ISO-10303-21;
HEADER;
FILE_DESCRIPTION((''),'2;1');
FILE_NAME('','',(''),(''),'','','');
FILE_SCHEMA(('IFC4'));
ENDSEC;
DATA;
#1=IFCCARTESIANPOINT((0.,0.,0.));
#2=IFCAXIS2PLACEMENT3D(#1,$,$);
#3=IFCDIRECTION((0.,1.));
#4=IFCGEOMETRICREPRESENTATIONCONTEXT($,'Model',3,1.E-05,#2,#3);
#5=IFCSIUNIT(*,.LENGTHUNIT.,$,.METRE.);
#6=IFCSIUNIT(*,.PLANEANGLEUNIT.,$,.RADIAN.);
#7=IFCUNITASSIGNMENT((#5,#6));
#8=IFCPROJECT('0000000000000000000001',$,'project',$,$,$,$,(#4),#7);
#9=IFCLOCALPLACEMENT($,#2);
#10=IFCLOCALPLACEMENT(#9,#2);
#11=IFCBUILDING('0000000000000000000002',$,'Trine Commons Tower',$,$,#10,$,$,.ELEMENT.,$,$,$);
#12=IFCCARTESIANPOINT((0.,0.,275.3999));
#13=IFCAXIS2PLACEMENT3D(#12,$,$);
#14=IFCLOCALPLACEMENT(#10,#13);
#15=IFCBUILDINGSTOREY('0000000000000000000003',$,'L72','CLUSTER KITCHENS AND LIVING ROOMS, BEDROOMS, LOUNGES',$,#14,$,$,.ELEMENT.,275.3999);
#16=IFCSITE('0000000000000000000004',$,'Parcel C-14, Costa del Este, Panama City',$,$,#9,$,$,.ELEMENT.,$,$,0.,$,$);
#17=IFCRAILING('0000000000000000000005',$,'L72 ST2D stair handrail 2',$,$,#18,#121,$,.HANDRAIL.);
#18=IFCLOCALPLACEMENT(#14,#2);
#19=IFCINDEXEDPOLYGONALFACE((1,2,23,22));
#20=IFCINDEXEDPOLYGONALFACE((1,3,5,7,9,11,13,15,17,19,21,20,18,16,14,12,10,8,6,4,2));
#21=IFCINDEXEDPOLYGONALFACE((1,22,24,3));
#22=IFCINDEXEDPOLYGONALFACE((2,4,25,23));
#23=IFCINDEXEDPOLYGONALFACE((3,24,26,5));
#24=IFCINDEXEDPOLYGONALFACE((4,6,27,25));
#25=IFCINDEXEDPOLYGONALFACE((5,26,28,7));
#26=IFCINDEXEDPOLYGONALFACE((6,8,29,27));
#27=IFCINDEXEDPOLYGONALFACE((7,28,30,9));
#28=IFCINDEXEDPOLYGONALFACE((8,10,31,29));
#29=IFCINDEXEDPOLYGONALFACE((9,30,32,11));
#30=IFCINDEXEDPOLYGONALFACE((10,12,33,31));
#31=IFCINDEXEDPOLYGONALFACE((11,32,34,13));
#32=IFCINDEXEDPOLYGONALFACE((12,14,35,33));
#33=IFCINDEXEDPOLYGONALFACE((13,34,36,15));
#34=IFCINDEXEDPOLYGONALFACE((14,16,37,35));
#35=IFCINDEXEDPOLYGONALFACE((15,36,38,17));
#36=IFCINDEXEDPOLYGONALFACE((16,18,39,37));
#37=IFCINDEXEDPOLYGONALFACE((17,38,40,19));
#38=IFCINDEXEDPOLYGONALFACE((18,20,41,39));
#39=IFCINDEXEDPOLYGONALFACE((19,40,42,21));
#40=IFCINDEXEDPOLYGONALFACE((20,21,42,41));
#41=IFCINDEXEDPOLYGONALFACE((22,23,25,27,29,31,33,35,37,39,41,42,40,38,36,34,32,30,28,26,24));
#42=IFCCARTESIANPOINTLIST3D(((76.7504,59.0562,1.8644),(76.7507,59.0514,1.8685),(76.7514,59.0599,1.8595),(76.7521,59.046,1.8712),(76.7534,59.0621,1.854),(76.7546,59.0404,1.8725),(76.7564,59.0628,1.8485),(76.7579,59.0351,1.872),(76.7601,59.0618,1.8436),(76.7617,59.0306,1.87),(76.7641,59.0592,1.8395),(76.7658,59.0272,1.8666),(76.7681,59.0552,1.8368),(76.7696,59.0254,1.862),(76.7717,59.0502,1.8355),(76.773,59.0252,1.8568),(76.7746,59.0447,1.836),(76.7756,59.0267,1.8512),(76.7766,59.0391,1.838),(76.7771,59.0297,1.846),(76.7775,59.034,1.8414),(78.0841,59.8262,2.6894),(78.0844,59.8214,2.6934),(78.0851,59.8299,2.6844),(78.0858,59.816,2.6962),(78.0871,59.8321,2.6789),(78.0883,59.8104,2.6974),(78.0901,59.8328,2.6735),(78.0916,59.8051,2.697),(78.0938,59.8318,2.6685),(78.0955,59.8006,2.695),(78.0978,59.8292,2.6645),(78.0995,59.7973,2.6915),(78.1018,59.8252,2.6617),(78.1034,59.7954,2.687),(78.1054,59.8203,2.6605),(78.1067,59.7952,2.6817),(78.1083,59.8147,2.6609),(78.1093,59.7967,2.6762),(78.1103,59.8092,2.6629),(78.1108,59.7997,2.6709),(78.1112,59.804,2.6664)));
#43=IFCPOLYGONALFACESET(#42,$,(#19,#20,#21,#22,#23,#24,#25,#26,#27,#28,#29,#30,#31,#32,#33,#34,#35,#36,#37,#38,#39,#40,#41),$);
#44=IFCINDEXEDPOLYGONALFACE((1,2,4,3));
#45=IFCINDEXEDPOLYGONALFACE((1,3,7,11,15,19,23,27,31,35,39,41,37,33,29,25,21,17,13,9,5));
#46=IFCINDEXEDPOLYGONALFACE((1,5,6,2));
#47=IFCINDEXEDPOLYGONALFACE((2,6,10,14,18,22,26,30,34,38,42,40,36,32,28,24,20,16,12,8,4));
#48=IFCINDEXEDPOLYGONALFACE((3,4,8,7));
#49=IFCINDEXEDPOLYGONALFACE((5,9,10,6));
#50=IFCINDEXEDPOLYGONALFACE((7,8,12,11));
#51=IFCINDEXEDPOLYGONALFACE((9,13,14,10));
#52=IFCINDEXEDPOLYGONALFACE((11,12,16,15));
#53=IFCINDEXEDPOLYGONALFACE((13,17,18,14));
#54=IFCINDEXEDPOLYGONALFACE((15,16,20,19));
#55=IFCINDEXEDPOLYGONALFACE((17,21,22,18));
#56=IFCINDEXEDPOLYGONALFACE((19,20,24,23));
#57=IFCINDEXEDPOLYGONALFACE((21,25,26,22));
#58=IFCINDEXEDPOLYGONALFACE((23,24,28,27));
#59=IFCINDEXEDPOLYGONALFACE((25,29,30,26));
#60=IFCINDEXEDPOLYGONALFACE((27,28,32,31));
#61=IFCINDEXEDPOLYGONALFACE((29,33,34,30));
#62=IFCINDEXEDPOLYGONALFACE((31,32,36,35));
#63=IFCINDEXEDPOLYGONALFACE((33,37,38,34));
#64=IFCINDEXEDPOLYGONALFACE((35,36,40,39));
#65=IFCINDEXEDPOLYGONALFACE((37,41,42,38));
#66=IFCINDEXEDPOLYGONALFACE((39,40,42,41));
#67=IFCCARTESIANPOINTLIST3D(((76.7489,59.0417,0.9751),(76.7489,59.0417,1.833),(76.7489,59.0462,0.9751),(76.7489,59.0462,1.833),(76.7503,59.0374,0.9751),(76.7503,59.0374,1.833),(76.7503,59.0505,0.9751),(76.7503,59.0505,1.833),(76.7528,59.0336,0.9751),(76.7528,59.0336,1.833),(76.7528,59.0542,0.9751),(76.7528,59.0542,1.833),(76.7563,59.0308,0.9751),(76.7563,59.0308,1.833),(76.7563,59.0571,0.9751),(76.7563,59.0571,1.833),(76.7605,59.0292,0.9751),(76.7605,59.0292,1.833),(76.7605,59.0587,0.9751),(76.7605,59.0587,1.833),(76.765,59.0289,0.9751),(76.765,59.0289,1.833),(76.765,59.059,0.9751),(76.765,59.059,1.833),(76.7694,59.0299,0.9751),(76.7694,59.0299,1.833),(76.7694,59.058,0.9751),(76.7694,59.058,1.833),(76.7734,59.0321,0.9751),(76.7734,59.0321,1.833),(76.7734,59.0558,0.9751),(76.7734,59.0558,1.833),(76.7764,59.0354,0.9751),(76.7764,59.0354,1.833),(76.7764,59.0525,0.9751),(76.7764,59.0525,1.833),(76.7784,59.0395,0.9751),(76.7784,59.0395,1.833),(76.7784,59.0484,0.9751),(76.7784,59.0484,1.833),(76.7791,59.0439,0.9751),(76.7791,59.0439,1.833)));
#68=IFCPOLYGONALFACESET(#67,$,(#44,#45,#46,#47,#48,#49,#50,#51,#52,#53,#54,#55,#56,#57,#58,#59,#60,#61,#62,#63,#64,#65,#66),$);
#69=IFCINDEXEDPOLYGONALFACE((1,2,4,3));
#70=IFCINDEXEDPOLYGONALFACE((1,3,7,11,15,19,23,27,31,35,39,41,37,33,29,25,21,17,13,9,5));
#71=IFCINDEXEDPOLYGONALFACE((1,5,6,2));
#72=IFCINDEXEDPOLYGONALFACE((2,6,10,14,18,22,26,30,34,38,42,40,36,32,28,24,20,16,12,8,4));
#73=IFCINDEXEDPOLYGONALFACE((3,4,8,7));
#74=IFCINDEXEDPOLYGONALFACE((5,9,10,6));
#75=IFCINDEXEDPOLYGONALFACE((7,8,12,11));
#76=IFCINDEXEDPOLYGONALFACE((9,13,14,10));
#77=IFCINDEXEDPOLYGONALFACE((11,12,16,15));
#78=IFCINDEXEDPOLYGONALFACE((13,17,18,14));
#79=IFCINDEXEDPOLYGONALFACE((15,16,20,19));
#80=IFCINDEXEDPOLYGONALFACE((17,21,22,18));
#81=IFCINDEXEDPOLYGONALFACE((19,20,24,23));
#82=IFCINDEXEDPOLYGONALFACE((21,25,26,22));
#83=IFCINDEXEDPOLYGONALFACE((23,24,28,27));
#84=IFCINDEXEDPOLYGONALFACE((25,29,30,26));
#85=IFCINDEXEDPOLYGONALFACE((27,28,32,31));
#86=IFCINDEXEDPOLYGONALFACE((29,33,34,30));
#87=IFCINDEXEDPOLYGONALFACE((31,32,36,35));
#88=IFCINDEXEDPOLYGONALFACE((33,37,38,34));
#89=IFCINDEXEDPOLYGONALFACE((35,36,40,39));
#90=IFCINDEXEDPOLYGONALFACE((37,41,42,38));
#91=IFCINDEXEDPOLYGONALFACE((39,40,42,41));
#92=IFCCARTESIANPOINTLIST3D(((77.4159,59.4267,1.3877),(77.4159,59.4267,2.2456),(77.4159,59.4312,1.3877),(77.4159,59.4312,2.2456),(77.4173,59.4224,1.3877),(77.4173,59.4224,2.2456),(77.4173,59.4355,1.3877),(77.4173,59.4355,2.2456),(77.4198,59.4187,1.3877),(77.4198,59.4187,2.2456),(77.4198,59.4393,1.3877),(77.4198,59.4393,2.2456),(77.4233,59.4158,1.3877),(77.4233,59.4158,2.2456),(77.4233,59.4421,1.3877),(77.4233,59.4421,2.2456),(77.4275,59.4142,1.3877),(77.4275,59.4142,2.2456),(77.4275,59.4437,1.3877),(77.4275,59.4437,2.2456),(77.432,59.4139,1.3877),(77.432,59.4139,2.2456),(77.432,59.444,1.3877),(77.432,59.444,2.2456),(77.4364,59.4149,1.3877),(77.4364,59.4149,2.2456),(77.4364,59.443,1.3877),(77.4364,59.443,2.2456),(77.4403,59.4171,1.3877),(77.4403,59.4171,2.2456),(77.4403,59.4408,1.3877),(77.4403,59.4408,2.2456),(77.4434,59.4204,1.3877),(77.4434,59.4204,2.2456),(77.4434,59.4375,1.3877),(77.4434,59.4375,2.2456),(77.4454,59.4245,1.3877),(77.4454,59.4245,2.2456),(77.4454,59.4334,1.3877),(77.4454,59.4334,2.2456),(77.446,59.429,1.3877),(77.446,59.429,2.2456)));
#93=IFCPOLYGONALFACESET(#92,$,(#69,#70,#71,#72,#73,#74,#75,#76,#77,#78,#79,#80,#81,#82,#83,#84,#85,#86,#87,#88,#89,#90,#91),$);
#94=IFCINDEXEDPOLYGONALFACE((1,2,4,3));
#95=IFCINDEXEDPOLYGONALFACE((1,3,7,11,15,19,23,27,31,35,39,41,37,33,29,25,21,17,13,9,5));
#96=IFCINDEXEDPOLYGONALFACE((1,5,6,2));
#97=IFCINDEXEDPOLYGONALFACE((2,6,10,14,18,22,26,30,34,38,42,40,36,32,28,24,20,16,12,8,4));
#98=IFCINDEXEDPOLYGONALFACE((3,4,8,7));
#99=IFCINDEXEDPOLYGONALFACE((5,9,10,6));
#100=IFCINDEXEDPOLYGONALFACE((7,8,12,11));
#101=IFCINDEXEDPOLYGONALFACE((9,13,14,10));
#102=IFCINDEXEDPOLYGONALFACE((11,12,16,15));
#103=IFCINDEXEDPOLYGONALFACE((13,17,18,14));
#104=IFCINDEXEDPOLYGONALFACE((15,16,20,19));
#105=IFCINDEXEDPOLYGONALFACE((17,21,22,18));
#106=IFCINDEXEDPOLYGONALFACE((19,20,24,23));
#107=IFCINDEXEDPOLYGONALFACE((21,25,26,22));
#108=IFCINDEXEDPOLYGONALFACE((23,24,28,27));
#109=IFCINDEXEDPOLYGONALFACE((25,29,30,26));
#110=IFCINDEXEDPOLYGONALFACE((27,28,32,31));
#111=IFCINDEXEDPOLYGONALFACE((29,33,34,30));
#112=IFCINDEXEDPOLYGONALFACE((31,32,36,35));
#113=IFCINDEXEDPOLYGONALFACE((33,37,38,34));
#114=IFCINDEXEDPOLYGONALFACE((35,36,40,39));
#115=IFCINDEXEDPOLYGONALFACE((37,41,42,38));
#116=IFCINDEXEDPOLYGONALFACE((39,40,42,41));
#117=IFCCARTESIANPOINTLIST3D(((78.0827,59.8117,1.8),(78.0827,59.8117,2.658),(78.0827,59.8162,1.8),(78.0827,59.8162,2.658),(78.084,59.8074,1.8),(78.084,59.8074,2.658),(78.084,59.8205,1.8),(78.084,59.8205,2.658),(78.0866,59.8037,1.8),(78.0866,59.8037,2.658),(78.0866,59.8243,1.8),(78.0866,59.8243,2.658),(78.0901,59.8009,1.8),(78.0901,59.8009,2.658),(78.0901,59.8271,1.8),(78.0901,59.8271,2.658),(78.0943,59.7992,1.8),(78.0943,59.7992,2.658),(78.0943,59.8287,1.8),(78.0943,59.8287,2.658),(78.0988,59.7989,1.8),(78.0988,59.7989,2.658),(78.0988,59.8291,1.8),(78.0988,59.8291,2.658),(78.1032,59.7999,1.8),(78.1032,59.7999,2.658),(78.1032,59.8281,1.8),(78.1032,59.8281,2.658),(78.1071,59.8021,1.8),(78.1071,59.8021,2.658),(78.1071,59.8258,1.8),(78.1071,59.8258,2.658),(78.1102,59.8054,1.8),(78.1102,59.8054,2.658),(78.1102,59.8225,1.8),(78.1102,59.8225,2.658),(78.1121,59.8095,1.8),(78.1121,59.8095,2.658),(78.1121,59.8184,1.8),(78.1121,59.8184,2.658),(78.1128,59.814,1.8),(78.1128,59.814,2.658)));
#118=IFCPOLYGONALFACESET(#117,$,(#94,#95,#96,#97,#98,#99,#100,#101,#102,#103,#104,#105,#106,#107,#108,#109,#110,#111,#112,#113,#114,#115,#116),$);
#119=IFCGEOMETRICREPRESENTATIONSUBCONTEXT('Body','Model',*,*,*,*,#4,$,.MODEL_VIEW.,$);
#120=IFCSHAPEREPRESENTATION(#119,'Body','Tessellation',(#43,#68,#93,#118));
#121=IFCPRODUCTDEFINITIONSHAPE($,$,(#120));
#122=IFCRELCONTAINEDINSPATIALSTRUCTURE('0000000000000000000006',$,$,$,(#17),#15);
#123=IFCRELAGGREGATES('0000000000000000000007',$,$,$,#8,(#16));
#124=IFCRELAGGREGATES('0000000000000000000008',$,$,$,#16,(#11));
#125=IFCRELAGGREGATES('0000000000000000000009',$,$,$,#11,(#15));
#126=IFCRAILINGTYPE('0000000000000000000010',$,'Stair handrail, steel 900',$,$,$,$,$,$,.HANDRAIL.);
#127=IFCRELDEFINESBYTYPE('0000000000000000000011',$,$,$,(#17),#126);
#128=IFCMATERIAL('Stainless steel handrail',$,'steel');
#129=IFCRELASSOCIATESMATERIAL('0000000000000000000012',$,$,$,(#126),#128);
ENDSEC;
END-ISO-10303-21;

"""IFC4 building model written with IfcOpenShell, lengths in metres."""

from ifc_helpers import new_model, si_unit, direction, frame, origin, origin_2d, place, context, subcontext, project, spatial, circle, extrude, material, type_object, element, save


model = new_model("IFC4")

# Units and contexts
model_context = context("Model", 3, precision=1e-05, world=origin(), true_north=direction((0.0, 1.0)))
body_context = subcontext(model_context, "Body", "Model", "MODEL_VIEW")
ifc_project = project(units=[si_unit("LENGTHUNIT", "METRE"), si_unit("PLANEANGLEUNIT", "RADIAN")], contexts=[model_context])

# Site, building, storey
site_placement = place(None, origin())
site = spatial("IfcSite", under=ifc_project, at=site_placement, Name="Parcel C-14, Costa del Este, Panama City", CompositionType="ELEMENT", RefElevation=0.0)
building_placement = place(site_placement, origin())
building = spatial("IfcBuilding", under=site, at=building_placement, Name="Trine Commons Tower", CompositionType="ELEMENT")
storey_placement = place(building_placement, frame((0.0, 0.0, 275.3999)))
storey = spatial("IfcBuildingStorey", under=building, at=storey_placement, Name="L72", Description="CLUSTER KITCHENS AND LIVING ROOMS, BEDROOMS, LOUNGES", CompositionType="ELEMENT", Elevation=275.3999)

# Railing
ifc_material_1 = material(Name="Stainless steel handrail", Category="steel")
railing_type_1 = type_object("IfcRailingType", Name="Stair handrail, steel 900", PredefinedType="HANDRAIL", material=ifc_material_1)
for number, where, name in (
    (1, (76.7639, 59.0439, 0.9751), "L72 ST2D stair handrail 2"),
):
    element("IfcRailing", number, at=place(storey_placement, frame(where)), inside=storey, type_object=railing_type_1, Name=name, PredefinedType="HANDRAIL", context=body_context, shape_type="SweptSolid", body=[
        extrude(circle(Radius=0.021, at=origin_2d()), frame((0.0, 0.0, 0.8789), z_axis=(0.763405, 0.440743, 0.472185), x_axis=(-0.499992, 0.86603, 0.0)), (0.0, 0.0, 1.0), 1.7471),
        extrude(circle(Radius=0.0151, at=origin_2d()), origin(), (0.0, 0.0, 1.0), 0.8579),
        extrude(circle(Radius=0.0151, at=origin_2d()), frame((0.667, 0.385, 0.4126)), (0.0, 0.0, 1.0), 0.8579),
        extrude(circle(Radius=0.0151, at=origin_2d()), frame((1.3337, 0.77, 0.825)), (0.0, 0.0, 1.0), 0.8579),
    ])

save(model, "model.ifc")
